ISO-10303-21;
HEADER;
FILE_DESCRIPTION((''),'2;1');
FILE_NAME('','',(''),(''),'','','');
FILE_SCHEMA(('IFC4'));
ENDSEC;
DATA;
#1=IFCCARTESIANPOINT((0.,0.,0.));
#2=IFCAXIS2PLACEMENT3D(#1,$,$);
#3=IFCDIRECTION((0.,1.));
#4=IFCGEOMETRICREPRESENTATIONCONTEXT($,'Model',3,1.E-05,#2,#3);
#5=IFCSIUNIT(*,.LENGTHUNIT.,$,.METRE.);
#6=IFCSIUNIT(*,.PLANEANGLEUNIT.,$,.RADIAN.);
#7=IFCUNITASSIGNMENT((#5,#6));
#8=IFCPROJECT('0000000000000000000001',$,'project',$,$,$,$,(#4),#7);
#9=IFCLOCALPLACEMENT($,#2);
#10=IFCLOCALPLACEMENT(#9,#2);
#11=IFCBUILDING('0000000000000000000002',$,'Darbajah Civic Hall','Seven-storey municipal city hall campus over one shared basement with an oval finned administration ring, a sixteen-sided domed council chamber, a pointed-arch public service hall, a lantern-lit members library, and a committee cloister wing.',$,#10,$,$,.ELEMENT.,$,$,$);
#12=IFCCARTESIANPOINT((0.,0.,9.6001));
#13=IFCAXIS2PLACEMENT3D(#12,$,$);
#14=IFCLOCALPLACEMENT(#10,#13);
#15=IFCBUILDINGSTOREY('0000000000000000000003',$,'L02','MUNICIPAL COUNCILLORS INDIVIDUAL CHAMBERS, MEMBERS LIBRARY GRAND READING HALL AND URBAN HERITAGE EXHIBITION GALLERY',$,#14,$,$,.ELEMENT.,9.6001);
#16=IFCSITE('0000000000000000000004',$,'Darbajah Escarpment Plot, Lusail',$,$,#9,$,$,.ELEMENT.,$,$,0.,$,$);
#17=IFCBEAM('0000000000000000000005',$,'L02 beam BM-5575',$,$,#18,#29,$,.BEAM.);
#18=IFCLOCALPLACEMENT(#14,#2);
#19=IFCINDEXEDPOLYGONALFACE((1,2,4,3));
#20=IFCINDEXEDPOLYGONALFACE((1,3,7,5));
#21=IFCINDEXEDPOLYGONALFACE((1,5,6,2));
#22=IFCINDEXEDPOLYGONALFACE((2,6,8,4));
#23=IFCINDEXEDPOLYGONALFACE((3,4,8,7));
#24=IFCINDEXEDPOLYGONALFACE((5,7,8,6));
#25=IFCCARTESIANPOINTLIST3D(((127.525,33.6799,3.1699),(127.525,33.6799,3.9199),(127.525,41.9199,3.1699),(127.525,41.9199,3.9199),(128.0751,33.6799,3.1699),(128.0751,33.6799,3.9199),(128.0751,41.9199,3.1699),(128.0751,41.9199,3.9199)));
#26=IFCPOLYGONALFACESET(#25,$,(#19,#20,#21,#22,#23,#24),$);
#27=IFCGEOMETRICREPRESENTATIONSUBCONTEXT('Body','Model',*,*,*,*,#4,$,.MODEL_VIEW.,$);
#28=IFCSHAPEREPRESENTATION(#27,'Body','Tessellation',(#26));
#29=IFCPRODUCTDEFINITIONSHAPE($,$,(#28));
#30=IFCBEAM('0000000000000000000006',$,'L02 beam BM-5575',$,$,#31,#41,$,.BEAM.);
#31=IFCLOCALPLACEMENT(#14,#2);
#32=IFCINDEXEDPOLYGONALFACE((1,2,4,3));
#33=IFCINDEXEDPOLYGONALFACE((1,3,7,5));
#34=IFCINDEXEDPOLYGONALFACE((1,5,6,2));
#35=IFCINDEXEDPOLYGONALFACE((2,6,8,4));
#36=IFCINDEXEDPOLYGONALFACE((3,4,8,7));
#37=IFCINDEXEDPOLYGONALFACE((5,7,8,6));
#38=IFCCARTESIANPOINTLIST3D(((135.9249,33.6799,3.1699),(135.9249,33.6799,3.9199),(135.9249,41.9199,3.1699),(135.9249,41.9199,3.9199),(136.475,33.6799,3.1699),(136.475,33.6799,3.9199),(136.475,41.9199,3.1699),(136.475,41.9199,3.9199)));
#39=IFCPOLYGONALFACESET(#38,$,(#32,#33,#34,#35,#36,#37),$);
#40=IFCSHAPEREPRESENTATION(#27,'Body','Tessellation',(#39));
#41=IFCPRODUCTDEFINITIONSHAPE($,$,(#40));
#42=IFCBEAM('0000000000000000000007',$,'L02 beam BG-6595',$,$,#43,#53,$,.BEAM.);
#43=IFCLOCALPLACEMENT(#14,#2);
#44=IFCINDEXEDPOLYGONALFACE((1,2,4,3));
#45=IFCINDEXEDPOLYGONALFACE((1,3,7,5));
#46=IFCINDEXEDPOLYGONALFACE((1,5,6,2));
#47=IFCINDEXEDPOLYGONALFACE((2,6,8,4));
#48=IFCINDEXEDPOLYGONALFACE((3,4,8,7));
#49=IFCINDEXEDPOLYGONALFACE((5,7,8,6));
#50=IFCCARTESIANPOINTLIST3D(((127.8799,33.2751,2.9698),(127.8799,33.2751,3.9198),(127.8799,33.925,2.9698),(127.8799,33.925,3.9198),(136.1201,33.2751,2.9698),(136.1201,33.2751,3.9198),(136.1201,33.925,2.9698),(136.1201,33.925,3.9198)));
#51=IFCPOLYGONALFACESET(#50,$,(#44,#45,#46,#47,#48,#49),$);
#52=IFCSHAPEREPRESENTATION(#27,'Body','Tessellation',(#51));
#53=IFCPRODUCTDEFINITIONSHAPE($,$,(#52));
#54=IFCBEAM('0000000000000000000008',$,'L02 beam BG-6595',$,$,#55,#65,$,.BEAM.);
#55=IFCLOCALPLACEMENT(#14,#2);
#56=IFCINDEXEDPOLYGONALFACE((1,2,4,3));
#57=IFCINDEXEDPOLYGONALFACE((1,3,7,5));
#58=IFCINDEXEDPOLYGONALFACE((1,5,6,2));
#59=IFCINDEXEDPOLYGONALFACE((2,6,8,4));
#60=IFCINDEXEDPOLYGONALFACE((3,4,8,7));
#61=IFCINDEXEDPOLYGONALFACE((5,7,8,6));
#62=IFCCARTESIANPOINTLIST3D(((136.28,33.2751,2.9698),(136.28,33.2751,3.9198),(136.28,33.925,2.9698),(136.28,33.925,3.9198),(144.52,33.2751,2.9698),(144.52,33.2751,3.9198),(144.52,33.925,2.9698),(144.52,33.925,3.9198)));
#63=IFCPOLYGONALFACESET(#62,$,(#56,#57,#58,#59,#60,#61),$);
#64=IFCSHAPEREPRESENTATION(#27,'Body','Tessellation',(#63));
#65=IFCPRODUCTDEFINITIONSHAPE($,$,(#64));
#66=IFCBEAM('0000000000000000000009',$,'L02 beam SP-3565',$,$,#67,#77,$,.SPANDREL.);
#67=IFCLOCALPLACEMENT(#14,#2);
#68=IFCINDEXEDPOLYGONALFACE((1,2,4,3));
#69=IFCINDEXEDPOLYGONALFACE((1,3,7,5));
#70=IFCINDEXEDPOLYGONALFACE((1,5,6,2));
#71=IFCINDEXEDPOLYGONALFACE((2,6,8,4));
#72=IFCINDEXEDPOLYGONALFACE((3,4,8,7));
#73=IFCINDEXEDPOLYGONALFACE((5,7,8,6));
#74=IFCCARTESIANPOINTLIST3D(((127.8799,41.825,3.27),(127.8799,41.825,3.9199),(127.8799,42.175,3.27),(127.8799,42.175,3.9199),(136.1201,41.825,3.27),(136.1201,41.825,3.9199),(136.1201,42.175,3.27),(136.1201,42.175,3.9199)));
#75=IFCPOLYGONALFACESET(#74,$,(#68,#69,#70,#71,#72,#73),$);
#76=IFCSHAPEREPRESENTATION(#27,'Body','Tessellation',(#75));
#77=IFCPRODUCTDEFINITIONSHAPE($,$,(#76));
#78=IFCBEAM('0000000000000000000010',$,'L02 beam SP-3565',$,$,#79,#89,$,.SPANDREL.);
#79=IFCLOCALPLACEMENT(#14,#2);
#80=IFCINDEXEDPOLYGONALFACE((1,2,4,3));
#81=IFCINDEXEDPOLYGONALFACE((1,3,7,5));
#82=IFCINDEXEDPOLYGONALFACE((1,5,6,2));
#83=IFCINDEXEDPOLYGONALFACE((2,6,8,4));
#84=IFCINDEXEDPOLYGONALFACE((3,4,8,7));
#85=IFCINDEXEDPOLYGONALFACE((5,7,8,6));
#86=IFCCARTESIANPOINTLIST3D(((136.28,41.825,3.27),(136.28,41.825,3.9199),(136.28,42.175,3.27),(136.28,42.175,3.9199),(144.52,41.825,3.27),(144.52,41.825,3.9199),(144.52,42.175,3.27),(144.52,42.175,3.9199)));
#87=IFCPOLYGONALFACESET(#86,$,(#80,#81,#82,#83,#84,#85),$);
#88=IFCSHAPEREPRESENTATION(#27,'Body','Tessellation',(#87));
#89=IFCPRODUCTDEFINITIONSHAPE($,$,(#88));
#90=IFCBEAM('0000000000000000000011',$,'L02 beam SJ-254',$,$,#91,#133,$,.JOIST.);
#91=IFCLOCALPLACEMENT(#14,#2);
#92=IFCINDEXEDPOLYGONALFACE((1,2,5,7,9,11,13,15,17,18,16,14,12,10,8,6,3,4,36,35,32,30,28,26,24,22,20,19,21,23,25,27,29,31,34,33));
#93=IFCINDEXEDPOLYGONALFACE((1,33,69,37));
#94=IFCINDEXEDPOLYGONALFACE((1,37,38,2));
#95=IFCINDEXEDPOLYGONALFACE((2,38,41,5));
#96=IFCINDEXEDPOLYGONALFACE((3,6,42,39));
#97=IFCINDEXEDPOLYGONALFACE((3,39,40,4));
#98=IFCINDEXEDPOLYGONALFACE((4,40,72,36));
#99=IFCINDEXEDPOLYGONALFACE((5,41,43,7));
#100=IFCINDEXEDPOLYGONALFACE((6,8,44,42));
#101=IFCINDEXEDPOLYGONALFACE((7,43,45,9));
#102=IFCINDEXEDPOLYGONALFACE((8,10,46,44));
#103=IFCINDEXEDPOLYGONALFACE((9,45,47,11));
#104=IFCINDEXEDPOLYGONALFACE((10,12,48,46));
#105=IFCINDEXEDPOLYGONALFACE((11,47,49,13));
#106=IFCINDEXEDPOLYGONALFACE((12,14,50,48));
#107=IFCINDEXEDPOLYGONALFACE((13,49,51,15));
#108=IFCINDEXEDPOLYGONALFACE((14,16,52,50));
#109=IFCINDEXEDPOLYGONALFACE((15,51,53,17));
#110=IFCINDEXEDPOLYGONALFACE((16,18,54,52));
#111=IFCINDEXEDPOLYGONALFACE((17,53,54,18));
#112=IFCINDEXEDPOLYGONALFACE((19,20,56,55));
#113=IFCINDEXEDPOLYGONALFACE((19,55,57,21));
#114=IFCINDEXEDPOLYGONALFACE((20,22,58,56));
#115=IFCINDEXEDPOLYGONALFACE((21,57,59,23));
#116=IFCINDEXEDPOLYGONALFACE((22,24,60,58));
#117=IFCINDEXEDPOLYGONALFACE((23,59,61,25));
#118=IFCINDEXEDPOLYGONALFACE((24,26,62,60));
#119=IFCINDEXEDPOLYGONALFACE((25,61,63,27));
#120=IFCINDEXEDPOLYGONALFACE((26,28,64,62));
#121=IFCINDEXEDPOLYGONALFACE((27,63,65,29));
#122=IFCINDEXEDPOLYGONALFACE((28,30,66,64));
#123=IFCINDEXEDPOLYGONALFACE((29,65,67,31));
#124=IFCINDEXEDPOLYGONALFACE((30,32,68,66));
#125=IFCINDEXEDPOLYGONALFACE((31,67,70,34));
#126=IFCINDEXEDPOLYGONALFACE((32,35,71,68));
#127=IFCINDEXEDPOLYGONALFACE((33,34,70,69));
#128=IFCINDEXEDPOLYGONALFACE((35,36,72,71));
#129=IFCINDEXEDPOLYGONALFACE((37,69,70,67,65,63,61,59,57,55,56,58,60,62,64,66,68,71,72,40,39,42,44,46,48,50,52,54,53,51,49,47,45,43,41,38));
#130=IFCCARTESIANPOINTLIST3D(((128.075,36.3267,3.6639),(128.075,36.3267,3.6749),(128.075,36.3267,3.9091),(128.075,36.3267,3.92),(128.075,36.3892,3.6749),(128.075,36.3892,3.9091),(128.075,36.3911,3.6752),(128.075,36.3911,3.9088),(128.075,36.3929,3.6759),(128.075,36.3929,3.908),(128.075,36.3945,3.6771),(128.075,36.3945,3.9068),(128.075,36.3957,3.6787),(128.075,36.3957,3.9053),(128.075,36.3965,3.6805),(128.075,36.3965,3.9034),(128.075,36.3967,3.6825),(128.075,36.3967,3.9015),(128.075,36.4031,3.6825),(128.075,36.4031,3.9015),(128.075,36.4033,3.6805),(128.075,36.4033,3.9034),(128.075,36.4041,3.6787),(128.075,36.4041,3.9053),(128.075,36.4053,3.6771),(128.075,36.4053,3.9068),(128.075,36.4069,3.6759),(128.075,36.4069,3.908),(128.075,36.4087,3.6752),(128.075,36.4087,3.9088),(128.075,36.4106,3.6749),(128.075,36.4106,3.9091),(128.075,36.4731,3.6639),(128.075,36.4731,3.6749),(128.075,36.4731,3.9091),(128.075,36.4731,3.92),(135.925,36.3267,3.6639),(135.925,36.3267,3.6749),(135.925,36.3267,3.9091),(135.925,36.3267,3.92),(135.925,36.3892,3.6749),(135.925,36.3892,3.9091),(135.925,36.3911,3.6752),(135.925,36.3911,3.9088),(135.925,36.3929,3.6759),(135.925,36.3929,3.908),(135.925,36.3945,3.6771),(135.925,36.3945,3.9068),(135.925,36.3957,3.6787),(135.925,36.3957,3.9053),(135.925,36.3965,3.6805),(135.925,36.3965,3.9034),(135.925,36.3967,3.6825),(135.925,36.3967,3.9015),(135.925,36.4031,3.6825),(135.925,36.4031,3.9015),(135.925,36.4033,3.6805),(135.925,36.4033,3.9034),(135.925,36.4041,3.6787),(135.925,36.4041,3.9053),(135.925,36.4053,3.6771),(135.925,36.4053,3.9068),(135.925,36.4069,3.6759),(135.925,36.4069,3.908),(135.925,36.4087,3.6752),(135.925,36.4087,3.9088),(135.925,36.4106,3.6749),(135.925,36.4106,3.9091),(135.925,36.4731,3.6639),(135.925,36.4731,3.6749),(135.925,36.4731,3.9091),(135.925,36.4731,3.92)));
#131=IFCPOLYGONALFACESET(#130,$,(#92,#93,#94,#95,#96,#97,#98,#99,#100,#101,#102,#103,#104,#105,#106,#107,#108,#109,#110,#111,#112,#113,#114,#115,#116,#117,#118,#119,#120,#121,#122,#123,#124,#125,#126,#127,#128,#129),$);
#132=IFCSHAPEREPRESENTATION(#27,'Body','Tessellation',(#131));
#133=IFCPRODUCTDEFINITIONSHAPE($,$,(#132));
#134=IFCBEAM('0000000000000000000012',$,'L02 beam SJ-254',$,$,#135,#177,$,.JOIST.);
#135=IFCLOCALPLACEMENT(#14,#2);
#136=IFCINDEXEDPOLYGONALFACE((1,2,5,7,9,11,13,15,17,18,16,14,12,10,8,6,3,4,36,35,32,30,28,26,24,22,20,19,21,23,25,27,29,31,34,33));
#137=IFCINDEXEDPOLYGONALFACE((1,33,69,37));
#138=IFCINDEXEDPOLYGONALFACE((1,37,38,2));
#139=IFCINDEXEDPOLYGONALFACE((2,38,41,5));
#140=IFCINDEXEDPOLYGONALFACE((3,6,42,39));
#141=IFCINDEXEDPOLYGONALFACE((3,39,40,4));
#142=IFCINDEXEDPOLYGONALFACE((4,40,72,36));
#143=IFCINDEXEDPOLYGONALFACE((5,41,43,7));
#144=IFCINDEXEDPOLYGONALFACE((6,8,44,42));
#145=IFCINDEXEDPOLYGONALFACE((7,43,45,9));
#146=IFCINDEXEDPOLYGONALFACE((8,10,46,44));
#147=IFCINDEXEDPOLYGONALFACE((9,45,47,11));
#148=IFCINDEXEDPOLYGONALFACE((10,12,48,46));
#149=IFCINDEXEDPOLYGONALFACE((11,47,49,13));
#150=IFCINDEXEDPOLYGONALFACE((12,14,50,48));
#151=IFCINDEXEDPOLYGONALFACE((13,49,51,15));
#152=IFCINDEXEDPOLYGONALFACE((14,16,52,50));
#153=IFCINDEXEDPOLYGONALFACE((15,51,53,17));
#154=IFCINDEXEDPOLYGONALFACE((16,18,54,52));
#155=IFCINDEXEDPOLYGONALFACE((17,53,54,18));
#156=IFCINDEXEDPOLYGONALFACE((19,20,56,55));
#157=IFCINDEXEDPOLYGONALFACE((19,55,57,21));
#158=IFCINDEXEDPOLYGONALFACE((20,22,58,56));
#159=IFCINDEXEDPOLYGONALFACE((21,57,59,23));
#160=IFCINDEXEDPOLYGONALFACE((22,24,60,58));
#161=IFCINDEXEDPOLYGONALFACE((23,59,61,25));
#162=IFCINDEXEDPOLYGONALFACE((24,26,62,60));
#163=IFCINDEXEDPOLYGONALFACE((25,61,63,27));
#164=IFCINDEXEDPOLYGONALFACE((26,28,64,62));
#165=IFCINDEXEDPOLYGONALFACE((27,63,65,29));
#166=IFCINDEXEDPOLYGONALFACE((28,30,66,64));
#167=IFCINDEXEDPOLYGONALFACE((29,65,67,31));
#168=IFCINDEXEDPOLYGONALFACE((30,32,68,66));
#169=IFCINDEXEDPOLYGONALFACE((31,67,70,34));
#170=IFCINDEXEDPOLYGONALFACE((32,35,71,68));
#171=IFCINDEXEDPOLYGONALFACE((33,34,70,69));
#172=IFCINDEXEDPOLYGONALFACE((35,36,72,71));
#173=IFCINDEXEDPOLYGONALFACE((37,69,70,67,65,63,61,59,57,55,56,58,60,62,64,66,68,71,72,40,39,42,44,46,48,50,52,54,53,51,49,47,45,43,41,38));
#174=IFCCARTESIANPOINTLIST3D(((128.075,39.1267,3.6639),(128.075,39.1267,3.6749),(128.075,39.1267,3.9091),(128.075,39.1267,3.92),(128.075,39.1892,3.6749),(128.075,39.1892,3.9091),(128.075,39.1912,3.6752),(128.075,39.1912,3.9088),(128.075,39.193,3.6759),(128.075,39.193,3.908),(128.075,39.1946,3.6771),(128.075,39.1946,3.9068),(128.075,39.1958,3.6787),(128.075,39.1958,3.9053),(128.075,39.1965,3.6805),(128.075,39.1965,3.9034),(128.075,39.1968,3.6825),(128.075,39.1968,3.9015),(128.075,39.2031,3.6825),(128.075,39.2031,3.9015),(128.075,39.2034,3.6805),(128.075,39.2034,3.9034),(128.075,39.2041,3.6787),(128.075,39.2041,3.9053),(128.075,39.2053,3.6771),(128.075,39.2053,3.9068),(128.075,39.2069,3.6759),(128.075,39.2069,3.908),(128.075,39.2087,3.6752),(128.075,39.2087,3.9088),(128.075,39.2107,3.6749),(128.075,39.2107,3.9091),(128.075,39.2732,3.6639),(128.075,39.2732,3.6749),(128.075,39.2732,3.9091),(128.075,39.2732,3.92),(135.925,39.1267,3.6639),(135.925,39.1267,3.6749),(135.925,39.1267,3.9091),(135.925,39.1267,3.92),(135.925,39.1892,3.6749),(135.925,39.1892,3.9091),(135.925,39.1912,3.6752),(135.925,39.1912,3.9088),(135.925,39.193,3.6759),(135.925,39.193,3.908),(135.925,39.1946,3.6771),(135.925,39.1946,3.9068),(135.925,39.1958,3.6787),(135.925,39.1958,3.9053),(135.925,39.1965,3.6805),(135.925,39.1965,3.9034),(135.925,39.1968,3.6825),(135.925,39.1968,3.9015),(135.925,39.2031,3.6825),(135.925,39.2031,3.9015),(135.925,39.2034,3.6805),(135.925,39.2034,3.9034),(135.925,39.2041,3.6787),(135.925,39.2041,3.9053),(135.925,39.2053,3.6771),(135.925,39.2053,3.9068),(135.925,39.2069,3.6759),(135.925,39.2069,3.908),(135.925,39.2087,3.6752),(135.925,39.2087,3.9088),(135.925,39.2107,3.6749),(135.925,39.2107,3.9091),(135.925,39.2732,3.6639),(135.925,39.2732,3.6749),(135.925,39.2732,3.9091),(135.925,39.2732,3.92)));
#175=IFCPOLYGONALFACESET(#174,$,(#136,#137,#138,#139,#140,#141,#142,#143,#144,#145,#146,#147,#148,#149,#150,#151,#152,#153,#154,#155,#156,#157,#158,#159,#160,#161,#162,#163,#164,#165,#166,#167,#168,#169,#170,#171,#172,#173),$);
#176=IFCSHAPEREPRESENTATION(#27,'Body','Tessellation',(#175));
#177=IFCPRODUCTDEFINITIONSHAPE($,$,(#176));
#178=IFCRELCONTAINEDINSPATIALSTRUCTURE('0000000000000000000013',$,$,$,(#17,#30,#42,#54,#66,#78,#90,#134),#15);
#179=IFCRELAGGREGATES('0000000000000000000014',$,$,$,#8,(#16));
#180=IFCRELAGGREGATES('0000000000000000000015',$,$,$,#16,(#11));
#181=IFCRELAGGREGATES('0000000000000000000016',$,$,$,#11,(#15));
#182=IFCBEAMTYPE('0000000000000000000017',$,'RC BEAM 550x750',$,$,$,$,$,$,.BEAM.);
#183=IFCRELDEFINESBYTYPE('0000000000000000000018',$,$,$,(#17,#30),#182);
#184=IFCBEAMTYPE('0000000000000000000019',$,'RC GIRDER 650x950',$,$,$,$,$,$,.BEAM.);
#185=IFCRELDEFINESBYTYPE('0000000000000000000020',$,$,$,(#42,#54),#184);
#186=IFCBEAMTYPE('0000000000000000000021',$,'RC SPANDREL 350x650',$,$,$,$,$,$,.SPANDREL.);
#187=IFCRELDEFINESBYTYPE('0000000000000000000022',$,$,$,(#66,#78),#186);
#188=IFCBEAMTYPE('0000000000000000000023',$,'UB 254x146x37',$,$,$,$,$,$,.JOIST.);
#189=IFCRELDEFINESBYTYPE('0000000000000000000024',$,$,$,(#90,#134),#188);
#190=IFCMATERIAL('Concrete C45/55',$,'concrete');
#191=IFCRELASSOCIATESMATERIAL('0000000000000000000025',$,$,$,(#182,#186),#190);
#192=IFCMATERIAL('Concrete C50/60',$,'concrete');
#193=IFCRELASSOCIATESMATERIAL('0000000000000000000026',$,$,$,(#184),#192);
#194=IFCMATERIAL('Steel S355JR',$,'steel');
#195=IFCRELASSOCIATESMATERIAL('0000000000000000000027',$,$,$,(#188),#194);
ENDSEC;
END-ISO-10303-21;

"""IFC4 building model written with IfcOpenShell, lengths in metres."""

from ifc_helpers import new_model, si_unit, direction, frame, origin, origin_2d, place, context, subcontext, project, spatial, rectangle, i_section, extrude, material, material_profile, profile_set, type_object, element, save


model = new_model("IFC4")

# Units and contexts
model_context = context("Model", 3, precision=1e-05, world=origin(), true_north=direction((0.0, 1.0)))
body_context = subcontext(model_context, "Body", "Model", "MODEL_VIEW")
ifc_project = project(units=[si_unit("LENGTHUNIT", "METRE"), si_unit("PLANEANGLEUNIT", "RADIAN")], contexts=[model_context])

# Site, building, storey
site_placement = place(None, origin())
site = spatial("IfcSite", under=ifc_project, at=site_placement, Name="Darbajah Escarpment Plot, Lusail", CompositionType="ELEMENT", RefElevation=0.0)
building_placement = place(site_placement, origin())
building = spatial("IfcBuilding", under=site, at=building_placement, Name="Darbajah Civic Hall", Description="Seven-storey municipal city hall campus over one shared basement with an oval finned administration ring, a sixteen-sided domed council chamber, a pointed-arch public service hall, a lantern-lit members library, and a committee cloister wing.", CompositionType="ELEMENT")
storey_placement = place(building_placement, frame((0.0, 0.0, 9.6001)))
storey = spatial("IfcBuildingStorey", under=building, at=storey_placement, Name="L02", Description="MUNICIPAL COUNCILLORS INDIVIDUAL CHAMBERS, MEMBERS LIBRARY GRAND READING HALL AND URBAN HERITAGE EXHIBITION GALLERY", CompositionType="ELEMENT", Elevation=9.6001)

# Shared definitions
ifc_material_1 = material(Name="Steel S355JR", Category="steel")

# Beams
ifc_material_2 = material(Name="Concrete C45/55", Category="concrete")
ifc_material_profile_1 = material_profile(ifc_material_2, rectangle(XDim=0.55, YDim=0.75, at=origin_2d()), Name="RC BEAM 550x750")
ifc_profile_set_1 = profile_set([ifc_material_profile_1], Name="Concrete C45/55")
beam_type_1 = type_object("IfcBeamType", Name="RC BEAM 550x750", PredefinedType="BEAM", material=ifc_profile_set_1)
for number, where, z_axis, x_axis, name in (
    (1, (127.8, 33.6799, 3.5449), (0.0, 1.0, 0.0), (-1.0, 0.0, 0.0), "L02 beam BM-5575"),
    (2, (136.2, 33.6799, 3.5449), (0.0, 1.0, 0.0), (-1.0, 0.0, 0.0), "L02 beam BM-5575"),
):
    element("IfcBeam", number, at=place(storey_placement, frame(where, z_axis=z_axis, x_axis=x_axis)), inside=storey, type_object=beam_type_1, Name=name, PredefinedType="BEAM", context=body_context, shape_type="SweptSolid", body=[
        extrude(rectangle(XDim=0.55, YDim=0.75, at=origin_2d()), origin(), (0.0, 0.0, 1.0), 8.24),
    ])
ifc_material_3 = material(Name="Concrete C50/60", Category="concrete")
ifc_material_profile_2 = material_profile(ifc_material_3, rectangle(XDim=0.6499, YDim=0.95, at=origin_2d()), Name="RC GIRDER 650x950")
ifc_profile_set_2 = profile_set([ifc_material_profile_2], Name="Concrete C50/60")
beam_type_2 = type_object("IfcBeamType", Name="RC GIRDER 650x950", PredefinedType="BEAM", material=ifc_profile_set_2)
beam_1_placement = place(storey_placement, frame((127.8799, 33.6001, 3.4448), z_axis=(1.0, 0.0, 0.0), x_axis=(0.0, 1.0, 0.0)))
element("IfcBeam", 3, at=beam_1_placement, inside=storey, type_object=beam_type_2, Name="L02 beam BG-6595", PredefinedType="BEAM", context=body_context, shape_type="SweptSolid", body=[
    extrude(rectangle(XDim=0.6499, YDim=0.95, at=origin_2d()), origin(), (0.0, 0.0, 1.0), 8.2402),
])
beam_2_placement = place(storey_placement, frame((136.28, 33.6001, 3.4448), z_axis=(1.0, 0.0, 0.0), x_axis=(0.0, 1.0, 0.0)))
element("IfcBeam", 4, at=beam_2_placement, inside=storey, type_object=beam_type_2, Name="L02 beam BG-6595", PredefinedType="BEAM", context=body_context, shape_type="SweptSolid", body=[
    extrude(rectangle(XDim=0.6499, YDim=0.95, at=origin_2d()), origin(), (0.0, 0.0, 1.0), 8.24),
])
ifc_material_profile_3 = material_profile(ifc_material_2, rectangle(XDim=0.3501, YDim=0.6499, at=origin_2d()), Name="RC SPANDREL 350x650")
ifc_profile_set_3 = profile_set([ifc_material_profile_3], Name="Concrete C45/55")
beam_type_3 = type_object("IfcBeamType", Name="RC SPANDREL 350x650", PredefinedType="SPANDREL", material=ifc_profile_set_3)
beam_3_placement = place(storey_placement, frame((127.8799, 42.0, 3.595), z_axis=(1.0, 0.0, 0.0), x_axis=(0.0, 1.0, 0.0)))
element("IfcBeam", 5, at=beam_3_placement, inside=storey, type_object=beam_type_3, Name="L02 beam SP-3565", PredefinedType="SPANDREL", context=body_context, shape_type="SweptSolid", body=[
    extrude(rectangle(XDim=0.3501, YDim=0.6499, at=origin_2d()), origin(), (0.0, 0.0, 1.0), 8.2402),
])
beam_4_placement = place(storey_placement, frame((136.28, 42.0, 3.595), z_axis=(1.0, 0.0, 0.0), x_axis=(0.0, 1.0, 0.0)))
element("IfcBeam", 6, at=beam_4_placement, inside=storey, type_object=beam_type_3, Name="L02 beam SP-3565", PredefinedType="SPANDREL", context=body_context, shape_type="SweptSolid", body=[
    extrude(rectangle(XDim=0.3501, YDim=0.6499, at=origin_2d()), origin(), (0.0, 0.0, 1.0), 8.24),
])
ifc_material_profile_4 = material_profile(ifc_material_1, i_section(OverallWidth=0.1465, OverallDepth=0.2561, WebThickness=0.0063, FlangeThickness=0.011, FilletRadius=0.0076, at=origin_2d()), Name="UB 254x146x37")
ifc_profile_set_4 = profile_set([ifc_material_profile_4], Name="Steel S355JR")
beam_type_4 = type_object("IfcBeamType", Name="UB 254x146x37", PredefinedType="JOIST", material=ifc_profile_set_4)
for number, where, z_axis, x_axis, name in (
    (7, (128.075, 36.3999, 3.792), (1.0, 0.0, 0.0), (0.0, 1.0, 0.0), "L02 beam SJ-254"),
    (8, (128.075, 39.2, 3.792), (1.0, 0.0, 0.0), (0.0, 1.0, 0.0), "L02 beam SJ-254"),
):
    element("IfcBeam", number, at=place(storey_placement, frame(where, z_axis=z_axis, x_axis=x_axis)), inside=storey, type_object=beam_type_4, Name=name, PredefinedType="JOIST", context=body_context, shape_type="SweptSolid", body=[
        extrude(i_section(OverallWidth=0.1465, OverallDepth=0.2561, WebThickness=0.0063, FlangeThickness=0.011, FilletRadius=0.0076, at=origin_2d()), origin(), (0.0, 0.0, 1.0), 7.8501),
    ])

save(model, "model.ifc")
